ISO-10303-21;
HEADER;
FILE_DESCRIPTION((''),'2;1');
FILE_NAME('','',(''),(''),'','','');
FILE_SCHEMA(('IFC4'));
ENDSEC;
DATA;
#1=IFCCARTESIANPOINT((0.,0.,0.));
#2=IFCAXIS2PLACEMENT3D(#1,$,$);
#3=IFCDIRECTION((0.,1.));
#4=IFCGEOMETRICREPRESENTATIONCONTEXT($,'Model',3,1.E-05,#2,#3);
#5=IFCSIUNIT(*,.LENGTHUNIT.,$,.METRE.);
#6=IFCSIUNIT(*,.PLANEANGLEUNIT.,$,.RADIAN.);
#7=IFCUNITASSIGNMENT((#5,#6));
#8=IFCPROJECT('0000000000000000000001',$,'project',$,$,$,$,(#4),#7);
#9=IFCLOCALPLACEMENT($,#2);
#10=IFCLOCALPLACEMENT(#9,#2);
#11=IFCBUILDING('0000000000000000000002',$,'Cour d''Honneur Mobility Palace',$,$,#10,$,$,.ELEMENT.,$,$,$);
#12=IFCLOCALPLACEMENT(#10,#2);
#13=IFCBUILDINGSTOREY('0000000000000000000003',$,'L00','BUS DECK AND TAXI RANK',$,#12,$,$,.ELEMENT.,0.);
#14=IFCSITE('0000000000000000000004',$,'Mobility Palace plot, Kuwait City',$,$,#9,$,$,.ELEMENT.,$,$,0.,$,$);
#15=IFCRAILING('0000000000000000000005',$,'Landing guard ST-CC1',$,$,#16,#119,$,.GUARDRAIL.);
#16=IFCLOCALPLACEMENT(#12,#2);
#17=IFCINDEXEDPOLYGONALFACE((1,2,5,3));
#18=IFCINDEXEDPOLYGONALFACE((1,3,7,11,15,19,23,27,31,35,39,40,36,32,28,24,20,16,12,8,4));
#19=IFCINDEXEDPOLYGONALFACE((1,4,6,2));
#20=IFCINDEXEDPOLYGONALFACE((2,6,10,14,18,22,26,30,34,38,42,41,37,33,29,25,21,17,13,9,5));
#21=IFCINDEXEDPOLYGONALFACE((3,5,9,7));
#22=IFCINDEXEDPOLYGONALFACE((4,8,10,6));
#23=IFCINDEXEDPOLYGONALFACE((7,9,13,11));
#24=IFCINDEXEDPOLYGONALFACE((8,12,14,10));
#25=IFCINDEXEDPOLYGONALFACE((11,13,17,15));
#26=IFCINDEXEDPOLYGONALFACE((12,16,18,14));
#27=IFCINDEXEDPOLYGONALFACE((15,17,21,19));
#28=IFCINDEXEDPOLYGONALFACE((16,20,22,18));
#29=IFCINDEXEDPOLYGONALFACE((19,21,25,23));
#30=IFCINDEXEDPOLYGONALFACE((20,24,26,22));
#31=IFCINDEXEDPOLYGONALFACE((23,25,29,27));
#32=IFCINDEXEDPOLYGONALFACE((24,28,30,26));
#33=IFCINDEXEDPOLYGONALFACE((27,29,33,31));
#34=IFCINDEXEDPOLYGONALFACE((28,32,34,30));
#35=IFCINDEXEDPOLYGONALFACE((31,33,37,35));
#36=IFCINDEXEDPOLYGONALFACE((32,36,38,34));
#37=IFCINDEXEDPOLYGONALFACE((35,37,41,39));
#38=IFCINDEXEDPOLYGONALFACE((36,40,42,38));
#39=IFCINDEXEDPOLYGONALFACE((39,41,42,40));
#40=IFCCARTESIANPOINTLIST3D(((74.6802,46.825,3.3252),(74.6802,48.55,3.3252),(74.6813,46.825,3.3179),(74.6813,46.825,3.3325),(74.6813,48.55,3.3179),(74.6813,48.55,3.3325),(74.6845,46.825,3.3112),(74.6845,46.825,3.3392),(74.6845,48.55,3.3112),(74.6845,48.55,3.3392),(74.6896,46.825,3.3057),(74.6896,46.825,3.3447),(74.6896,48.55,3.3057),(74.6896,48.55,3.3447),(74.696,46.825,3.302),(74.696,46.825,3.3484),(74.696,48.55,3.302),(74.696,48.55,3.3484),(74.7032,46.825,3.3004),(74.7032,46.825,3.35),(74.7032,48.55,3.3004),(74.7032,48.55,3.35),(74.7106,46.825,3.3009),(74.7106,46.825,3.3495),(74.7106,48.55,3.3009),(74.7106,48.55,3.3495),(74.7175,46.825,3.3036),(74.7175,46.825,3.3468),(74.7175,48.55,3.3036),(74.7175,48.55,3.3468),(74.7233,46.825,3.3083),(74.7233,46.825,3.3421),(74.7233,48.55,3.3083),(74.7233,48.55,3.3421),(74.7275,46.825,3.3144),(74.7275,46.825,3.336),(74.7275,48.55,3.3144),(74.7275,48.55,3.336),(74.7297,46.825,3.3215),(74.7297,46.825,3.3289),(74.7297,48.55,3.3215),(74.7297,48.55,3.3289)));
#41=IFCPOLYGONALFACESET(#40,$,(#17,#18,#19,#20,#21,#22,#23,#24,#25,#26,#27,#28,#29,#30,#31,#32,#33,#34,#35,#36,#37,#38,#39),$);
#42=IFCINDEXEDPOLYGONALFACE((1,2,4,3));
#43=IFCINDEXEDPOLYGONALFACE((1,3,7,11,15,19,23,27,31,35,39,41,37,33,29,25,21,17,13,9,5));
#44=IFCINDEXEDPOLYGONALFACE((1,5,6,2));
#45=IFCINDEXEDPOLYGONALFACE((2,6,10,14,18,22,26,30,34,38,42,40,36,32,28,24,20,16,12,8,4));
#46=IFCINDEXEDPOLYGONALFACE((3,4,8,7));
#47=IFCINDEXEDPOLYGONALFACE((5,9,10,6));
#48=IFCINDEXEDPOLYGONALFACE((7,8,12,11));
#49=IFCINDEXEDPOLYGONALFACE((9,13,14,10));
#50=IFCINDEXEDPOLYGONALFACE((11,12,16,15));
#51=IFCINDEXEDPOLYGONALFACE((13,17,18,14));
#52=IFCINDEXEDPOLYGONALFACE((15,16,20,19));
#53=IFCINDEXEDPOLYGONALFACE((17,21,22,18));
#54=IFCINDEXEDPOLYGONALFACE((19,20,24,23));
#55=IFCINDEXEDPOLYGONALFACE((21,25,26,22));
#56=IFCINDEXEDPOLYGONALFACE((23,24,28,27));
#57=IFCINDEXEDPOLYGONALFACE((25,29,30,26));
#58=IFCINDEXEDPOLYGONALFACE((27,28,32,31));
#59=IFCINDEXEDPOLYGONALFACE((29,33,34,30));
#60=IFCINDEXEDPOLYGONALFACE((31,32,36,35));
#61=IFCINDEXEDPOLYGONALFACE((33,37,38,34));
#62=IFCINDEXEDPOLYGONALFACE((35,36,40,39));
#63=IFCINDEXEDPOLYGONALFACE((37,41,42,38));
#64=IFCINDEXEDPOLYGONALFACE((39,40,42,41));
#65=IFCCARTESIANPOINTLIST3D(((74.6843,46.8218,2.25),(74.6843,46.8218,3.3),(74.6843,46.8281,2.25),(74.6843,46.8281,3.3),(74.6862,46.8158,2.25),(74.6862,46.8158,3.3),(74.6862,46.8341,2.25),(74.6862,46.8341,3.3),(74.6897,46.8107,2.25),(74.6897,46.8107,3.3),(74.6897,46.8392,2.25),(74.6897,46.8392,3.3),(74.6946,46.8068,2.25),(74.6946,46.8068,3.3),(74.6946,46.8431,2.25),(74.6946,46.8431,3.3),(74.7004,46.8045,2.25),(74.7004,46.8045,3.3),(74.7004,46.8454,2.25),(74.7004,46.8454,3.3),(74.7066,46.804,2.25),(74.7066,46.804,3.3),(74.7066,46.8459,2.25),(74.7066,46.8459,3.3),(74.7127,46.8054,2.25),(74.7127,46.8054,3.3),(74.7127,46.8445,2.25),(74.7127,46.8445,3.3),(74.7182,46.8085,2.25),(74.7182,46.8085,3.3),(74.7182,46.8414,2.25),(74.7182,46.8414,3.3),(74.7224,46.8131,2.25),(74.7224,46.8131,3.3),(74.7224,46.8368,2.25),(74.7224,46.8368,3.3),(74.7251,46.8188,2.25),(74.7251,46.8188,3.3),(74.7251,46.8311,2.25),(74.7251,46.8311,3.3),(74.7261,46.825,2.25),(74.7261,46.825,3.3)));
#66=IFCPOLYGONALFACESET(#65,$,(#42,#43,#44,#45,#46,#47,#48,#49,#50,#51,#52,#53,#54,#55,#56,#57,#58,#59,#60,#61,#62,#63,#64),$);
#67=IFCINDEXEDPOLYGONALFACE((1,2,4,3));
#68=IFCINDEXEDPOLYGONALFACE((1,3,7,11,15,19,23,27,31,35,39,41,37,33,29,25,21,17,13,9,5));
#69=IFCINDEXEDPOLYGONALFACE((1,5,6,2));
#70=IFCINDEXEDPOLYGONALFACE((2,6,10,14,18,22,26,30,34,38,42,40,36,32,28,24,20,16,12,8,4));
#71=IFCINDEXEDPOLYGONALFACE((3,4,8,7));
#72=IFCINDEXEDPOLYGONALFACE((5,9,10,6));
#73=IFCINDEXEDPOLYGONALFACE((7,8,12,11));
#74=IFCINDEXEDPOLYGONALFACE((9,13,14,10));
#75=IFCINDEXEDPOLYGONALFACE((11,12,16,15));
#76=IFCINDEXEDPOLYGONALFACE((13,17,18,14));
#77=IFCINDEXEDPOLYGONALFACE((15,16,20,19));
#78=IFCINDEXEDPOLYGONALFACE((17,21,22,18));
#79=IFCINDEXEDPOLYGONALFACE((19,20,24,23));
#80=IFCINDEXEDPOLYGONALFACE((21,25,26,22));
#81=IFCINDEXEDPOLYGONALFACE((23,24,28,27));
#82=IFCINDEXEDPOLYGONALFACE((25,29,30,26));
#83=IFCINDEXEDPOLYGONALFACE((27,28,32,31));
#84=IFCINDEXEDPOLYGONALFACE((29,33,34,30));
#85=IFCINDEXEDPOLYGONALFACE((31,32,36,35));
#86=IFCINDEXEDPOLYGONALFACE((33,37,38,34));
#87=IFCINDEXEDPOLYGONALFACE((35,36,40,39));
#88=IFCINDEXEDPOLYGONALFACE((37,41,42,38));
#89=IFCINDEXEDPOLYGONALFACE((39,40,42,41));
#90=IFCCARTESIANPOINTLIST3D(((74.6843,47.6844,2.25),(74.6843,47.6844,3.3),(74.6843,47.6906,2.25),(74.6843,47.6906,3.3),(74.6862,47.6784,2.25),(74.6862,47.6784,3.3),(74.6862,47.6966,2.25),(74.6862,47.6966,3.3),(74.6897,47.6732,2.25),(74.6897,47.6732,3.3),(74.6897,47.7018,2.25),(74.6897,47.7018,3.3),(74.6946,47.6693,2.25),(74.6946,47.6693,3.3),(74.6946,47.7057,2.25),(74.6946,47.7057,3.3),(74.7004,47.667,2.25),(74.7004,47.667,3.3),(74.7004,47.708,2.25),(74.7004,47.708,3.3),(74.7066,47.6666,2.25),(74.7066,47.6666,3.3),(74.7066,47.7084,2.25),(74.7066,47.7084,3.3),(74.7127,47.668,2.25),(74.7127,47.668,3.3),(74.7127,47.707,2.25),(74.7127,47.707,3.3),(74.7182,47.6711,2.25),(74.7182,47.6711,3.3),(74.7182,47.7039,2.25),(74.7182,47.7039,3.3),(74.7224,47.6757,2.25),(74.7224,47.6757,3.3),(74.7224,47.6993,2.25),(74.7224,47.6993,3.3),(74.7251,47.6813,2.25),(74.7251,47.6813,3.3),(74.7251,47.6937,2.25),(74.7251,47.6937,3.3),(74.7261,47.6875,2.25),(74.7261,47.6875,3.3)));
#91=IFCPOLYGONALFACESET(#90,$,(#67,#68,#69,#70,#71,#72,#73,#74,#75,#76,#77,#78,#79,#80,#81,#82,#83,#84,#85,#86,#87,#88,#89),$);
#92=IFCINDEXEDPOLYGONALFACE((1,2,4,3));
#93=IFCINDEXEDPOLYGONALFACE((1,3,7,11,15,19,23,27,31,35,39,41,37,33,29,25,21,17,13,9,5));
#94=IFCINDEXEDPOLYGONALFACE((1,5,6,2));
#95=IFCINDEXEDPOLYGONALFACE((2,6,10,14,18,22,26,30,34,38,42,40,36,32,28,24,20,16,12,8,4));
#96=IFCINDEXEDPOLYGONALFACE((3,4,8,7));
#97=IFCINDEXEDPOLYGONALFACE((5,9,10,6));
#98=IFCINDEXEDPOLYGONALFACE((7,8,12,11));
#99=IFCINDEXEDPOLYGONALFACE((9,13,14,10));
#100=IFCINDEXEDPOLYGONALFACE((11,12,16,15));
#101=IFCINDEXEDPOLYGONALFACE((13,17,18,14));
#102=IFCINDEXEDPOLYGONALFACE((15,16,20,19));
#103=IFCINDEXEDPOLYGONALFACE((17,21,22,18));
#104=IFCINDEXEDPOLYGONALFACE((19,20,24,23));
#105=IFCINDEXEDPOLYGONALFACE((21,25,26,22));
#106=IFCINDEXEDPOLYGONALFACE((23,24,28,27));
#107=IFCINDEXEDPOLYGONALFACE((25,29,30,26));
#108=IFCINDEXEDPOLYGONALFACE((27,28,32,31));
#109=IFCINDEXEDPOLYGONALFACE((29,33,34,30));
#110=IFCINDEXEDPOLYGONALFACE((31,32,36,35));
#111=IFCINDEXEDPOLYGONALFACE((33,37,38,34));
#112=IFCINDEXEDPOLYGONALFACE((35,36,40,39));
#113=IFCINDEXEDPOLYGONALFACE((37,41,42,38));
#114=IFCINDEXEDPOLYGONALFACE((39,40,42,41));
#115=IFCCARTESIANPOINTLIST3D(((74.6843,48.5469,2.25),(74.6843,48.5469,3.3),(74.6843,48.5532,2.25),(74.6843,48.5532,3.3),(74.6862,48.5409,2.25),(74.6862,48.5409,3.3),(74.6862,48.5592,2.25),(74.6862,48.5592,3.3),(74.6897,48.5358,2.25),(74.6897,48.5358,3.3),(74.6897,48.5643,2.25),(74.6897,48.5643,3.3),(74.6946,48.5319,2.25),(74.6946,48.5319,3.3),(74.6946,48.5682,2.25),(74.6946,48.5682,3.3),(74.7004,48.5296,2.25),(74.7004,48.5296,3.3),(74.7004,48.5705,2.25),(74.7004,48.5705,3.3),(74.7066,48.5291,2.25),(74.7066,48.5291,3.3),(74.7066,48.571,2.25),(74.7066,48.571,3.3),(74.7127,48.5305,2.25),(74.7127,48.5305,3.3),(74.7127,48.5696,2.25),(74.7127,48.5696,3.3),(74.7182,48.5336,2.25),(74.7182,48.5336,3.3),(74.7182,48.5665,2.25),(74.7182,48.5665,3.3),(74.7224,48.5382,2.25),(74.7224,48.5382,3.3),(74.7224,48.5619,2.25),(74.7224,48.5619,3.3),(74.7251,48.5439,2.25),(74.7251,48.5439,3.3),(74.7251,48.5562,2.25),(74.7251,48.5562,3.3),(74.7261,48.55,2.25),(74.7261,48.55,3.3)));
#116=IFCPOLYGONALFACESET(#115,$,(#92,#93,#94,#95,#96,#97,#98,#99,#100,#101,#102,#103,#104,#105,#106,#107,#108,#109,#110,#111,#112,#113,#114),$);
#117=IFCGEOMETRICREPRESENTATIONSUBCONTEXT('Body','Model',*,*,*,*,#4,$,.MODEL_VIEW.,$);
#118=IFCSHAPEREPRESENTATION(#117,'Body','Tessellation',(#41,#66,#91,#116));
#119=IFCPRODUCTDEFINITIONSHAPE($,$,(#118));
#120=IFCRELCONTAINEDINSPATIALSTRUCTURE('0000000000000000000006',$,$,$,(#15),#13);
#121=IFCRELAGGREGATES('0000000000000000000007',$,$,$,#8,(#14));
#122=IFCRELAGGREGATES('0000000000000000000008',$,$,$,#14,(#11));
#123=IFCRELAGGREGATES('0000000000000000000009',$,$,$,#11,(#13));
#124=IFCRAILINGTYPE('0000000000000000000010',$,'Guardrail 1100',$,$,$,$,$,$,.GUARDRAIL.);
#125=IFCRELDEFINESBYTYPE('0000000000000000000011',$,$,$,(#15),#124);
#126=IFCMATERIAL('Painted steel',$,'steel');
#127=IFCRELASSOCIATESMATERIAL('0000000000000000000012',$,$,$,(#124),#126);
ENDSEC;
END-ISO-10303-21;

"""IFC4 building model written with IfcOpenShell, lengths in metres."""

from ifc_helpers import new_model, si_unit, direction, frame, origin, origin_2d, place, context, subcontext, project, spatial, circle, extrude, material, type_object, element, save


model = new_model("IFC4")

# Units and contexts
model_context = context("Model", 3, precision=1e-05, world=origin(), true_north=direction((0.0, 1.0)))
body_context = subcontext(model_context, "Body", "Model", "MODEL_VIEW")
ifc_project = project(units=[si_unit("LENGTHUNIT", "METRE"), si_unit("PLANEANGLEUNIT", "RADIAN")], contexts=[model_context])

# Site, building, storey
site_placement = place(None, origin())
site = spatial("IfcSite", under=ifc_project, at=site_placement, Name="Mobility Palace plot, Kuwait City", CompositionType="ELEMENT", RefElevation=0.0)
building_placement = place(site_placement, origin())
building = spatial("IfcBuilding", under=site, at=building_placement, Name="Cour d'Honneur Mobility Palace", CompositionType="ELEMENT")
storey_placement = place(building_placement, origin())
storey = spatial("IfcBuildingStorey", under=building, at=storey_placement, Name="L00", Description="BUS DECK AND TAXI RANK", CompositionType="ELEMENT", Elevation=0.0)

# Railing
ifc_material_1 = material(Name="Painted steel", Category="steel")
railing_type_1 = type_object("IfcRailingType", Name="Guardrail 1100", PredefinedType="GUARDRAIL", material=ifc_material_1)
railing_placement = place(storey_placement, frame((74.7051, 46.825, 2.25)))
element("IfcRailing", 1, at=railing_placement, inside=storey, type_object=railing_type_1, Name="Landing guard ST-CC1", PredefinedType="GUARDRAIL", context=body_context, shape_type="SweptSolid", body=[
    extrude(circle(Radius=0.0249, at=origin_2d()), frame((0.0, 0.0, 1.0752), z_axis=(0.0, 1.0, 0.0), x_axis=(-1.0, 0.0, 0.0)), (0.0, 0.0, 1.0), 1.7251),
    extrude(circle(Radius=0.021, at=origin_2d()), origin(), (0.0, 0.0, 1.0), 1.05),
    extrude(circle(Radius=0.021, at=origin_2d()), frame((0.0, 0.8625, 0.0)), (0.0, 0.0, 1.0), 1.05),
    extrude(circle(Radius=0.021, at=origin_2d()), frame((0.0, 1.7251, 0.0)), (0.0, 0.0, 1.0), 1.05),
])

save(model, "model.ifc")
